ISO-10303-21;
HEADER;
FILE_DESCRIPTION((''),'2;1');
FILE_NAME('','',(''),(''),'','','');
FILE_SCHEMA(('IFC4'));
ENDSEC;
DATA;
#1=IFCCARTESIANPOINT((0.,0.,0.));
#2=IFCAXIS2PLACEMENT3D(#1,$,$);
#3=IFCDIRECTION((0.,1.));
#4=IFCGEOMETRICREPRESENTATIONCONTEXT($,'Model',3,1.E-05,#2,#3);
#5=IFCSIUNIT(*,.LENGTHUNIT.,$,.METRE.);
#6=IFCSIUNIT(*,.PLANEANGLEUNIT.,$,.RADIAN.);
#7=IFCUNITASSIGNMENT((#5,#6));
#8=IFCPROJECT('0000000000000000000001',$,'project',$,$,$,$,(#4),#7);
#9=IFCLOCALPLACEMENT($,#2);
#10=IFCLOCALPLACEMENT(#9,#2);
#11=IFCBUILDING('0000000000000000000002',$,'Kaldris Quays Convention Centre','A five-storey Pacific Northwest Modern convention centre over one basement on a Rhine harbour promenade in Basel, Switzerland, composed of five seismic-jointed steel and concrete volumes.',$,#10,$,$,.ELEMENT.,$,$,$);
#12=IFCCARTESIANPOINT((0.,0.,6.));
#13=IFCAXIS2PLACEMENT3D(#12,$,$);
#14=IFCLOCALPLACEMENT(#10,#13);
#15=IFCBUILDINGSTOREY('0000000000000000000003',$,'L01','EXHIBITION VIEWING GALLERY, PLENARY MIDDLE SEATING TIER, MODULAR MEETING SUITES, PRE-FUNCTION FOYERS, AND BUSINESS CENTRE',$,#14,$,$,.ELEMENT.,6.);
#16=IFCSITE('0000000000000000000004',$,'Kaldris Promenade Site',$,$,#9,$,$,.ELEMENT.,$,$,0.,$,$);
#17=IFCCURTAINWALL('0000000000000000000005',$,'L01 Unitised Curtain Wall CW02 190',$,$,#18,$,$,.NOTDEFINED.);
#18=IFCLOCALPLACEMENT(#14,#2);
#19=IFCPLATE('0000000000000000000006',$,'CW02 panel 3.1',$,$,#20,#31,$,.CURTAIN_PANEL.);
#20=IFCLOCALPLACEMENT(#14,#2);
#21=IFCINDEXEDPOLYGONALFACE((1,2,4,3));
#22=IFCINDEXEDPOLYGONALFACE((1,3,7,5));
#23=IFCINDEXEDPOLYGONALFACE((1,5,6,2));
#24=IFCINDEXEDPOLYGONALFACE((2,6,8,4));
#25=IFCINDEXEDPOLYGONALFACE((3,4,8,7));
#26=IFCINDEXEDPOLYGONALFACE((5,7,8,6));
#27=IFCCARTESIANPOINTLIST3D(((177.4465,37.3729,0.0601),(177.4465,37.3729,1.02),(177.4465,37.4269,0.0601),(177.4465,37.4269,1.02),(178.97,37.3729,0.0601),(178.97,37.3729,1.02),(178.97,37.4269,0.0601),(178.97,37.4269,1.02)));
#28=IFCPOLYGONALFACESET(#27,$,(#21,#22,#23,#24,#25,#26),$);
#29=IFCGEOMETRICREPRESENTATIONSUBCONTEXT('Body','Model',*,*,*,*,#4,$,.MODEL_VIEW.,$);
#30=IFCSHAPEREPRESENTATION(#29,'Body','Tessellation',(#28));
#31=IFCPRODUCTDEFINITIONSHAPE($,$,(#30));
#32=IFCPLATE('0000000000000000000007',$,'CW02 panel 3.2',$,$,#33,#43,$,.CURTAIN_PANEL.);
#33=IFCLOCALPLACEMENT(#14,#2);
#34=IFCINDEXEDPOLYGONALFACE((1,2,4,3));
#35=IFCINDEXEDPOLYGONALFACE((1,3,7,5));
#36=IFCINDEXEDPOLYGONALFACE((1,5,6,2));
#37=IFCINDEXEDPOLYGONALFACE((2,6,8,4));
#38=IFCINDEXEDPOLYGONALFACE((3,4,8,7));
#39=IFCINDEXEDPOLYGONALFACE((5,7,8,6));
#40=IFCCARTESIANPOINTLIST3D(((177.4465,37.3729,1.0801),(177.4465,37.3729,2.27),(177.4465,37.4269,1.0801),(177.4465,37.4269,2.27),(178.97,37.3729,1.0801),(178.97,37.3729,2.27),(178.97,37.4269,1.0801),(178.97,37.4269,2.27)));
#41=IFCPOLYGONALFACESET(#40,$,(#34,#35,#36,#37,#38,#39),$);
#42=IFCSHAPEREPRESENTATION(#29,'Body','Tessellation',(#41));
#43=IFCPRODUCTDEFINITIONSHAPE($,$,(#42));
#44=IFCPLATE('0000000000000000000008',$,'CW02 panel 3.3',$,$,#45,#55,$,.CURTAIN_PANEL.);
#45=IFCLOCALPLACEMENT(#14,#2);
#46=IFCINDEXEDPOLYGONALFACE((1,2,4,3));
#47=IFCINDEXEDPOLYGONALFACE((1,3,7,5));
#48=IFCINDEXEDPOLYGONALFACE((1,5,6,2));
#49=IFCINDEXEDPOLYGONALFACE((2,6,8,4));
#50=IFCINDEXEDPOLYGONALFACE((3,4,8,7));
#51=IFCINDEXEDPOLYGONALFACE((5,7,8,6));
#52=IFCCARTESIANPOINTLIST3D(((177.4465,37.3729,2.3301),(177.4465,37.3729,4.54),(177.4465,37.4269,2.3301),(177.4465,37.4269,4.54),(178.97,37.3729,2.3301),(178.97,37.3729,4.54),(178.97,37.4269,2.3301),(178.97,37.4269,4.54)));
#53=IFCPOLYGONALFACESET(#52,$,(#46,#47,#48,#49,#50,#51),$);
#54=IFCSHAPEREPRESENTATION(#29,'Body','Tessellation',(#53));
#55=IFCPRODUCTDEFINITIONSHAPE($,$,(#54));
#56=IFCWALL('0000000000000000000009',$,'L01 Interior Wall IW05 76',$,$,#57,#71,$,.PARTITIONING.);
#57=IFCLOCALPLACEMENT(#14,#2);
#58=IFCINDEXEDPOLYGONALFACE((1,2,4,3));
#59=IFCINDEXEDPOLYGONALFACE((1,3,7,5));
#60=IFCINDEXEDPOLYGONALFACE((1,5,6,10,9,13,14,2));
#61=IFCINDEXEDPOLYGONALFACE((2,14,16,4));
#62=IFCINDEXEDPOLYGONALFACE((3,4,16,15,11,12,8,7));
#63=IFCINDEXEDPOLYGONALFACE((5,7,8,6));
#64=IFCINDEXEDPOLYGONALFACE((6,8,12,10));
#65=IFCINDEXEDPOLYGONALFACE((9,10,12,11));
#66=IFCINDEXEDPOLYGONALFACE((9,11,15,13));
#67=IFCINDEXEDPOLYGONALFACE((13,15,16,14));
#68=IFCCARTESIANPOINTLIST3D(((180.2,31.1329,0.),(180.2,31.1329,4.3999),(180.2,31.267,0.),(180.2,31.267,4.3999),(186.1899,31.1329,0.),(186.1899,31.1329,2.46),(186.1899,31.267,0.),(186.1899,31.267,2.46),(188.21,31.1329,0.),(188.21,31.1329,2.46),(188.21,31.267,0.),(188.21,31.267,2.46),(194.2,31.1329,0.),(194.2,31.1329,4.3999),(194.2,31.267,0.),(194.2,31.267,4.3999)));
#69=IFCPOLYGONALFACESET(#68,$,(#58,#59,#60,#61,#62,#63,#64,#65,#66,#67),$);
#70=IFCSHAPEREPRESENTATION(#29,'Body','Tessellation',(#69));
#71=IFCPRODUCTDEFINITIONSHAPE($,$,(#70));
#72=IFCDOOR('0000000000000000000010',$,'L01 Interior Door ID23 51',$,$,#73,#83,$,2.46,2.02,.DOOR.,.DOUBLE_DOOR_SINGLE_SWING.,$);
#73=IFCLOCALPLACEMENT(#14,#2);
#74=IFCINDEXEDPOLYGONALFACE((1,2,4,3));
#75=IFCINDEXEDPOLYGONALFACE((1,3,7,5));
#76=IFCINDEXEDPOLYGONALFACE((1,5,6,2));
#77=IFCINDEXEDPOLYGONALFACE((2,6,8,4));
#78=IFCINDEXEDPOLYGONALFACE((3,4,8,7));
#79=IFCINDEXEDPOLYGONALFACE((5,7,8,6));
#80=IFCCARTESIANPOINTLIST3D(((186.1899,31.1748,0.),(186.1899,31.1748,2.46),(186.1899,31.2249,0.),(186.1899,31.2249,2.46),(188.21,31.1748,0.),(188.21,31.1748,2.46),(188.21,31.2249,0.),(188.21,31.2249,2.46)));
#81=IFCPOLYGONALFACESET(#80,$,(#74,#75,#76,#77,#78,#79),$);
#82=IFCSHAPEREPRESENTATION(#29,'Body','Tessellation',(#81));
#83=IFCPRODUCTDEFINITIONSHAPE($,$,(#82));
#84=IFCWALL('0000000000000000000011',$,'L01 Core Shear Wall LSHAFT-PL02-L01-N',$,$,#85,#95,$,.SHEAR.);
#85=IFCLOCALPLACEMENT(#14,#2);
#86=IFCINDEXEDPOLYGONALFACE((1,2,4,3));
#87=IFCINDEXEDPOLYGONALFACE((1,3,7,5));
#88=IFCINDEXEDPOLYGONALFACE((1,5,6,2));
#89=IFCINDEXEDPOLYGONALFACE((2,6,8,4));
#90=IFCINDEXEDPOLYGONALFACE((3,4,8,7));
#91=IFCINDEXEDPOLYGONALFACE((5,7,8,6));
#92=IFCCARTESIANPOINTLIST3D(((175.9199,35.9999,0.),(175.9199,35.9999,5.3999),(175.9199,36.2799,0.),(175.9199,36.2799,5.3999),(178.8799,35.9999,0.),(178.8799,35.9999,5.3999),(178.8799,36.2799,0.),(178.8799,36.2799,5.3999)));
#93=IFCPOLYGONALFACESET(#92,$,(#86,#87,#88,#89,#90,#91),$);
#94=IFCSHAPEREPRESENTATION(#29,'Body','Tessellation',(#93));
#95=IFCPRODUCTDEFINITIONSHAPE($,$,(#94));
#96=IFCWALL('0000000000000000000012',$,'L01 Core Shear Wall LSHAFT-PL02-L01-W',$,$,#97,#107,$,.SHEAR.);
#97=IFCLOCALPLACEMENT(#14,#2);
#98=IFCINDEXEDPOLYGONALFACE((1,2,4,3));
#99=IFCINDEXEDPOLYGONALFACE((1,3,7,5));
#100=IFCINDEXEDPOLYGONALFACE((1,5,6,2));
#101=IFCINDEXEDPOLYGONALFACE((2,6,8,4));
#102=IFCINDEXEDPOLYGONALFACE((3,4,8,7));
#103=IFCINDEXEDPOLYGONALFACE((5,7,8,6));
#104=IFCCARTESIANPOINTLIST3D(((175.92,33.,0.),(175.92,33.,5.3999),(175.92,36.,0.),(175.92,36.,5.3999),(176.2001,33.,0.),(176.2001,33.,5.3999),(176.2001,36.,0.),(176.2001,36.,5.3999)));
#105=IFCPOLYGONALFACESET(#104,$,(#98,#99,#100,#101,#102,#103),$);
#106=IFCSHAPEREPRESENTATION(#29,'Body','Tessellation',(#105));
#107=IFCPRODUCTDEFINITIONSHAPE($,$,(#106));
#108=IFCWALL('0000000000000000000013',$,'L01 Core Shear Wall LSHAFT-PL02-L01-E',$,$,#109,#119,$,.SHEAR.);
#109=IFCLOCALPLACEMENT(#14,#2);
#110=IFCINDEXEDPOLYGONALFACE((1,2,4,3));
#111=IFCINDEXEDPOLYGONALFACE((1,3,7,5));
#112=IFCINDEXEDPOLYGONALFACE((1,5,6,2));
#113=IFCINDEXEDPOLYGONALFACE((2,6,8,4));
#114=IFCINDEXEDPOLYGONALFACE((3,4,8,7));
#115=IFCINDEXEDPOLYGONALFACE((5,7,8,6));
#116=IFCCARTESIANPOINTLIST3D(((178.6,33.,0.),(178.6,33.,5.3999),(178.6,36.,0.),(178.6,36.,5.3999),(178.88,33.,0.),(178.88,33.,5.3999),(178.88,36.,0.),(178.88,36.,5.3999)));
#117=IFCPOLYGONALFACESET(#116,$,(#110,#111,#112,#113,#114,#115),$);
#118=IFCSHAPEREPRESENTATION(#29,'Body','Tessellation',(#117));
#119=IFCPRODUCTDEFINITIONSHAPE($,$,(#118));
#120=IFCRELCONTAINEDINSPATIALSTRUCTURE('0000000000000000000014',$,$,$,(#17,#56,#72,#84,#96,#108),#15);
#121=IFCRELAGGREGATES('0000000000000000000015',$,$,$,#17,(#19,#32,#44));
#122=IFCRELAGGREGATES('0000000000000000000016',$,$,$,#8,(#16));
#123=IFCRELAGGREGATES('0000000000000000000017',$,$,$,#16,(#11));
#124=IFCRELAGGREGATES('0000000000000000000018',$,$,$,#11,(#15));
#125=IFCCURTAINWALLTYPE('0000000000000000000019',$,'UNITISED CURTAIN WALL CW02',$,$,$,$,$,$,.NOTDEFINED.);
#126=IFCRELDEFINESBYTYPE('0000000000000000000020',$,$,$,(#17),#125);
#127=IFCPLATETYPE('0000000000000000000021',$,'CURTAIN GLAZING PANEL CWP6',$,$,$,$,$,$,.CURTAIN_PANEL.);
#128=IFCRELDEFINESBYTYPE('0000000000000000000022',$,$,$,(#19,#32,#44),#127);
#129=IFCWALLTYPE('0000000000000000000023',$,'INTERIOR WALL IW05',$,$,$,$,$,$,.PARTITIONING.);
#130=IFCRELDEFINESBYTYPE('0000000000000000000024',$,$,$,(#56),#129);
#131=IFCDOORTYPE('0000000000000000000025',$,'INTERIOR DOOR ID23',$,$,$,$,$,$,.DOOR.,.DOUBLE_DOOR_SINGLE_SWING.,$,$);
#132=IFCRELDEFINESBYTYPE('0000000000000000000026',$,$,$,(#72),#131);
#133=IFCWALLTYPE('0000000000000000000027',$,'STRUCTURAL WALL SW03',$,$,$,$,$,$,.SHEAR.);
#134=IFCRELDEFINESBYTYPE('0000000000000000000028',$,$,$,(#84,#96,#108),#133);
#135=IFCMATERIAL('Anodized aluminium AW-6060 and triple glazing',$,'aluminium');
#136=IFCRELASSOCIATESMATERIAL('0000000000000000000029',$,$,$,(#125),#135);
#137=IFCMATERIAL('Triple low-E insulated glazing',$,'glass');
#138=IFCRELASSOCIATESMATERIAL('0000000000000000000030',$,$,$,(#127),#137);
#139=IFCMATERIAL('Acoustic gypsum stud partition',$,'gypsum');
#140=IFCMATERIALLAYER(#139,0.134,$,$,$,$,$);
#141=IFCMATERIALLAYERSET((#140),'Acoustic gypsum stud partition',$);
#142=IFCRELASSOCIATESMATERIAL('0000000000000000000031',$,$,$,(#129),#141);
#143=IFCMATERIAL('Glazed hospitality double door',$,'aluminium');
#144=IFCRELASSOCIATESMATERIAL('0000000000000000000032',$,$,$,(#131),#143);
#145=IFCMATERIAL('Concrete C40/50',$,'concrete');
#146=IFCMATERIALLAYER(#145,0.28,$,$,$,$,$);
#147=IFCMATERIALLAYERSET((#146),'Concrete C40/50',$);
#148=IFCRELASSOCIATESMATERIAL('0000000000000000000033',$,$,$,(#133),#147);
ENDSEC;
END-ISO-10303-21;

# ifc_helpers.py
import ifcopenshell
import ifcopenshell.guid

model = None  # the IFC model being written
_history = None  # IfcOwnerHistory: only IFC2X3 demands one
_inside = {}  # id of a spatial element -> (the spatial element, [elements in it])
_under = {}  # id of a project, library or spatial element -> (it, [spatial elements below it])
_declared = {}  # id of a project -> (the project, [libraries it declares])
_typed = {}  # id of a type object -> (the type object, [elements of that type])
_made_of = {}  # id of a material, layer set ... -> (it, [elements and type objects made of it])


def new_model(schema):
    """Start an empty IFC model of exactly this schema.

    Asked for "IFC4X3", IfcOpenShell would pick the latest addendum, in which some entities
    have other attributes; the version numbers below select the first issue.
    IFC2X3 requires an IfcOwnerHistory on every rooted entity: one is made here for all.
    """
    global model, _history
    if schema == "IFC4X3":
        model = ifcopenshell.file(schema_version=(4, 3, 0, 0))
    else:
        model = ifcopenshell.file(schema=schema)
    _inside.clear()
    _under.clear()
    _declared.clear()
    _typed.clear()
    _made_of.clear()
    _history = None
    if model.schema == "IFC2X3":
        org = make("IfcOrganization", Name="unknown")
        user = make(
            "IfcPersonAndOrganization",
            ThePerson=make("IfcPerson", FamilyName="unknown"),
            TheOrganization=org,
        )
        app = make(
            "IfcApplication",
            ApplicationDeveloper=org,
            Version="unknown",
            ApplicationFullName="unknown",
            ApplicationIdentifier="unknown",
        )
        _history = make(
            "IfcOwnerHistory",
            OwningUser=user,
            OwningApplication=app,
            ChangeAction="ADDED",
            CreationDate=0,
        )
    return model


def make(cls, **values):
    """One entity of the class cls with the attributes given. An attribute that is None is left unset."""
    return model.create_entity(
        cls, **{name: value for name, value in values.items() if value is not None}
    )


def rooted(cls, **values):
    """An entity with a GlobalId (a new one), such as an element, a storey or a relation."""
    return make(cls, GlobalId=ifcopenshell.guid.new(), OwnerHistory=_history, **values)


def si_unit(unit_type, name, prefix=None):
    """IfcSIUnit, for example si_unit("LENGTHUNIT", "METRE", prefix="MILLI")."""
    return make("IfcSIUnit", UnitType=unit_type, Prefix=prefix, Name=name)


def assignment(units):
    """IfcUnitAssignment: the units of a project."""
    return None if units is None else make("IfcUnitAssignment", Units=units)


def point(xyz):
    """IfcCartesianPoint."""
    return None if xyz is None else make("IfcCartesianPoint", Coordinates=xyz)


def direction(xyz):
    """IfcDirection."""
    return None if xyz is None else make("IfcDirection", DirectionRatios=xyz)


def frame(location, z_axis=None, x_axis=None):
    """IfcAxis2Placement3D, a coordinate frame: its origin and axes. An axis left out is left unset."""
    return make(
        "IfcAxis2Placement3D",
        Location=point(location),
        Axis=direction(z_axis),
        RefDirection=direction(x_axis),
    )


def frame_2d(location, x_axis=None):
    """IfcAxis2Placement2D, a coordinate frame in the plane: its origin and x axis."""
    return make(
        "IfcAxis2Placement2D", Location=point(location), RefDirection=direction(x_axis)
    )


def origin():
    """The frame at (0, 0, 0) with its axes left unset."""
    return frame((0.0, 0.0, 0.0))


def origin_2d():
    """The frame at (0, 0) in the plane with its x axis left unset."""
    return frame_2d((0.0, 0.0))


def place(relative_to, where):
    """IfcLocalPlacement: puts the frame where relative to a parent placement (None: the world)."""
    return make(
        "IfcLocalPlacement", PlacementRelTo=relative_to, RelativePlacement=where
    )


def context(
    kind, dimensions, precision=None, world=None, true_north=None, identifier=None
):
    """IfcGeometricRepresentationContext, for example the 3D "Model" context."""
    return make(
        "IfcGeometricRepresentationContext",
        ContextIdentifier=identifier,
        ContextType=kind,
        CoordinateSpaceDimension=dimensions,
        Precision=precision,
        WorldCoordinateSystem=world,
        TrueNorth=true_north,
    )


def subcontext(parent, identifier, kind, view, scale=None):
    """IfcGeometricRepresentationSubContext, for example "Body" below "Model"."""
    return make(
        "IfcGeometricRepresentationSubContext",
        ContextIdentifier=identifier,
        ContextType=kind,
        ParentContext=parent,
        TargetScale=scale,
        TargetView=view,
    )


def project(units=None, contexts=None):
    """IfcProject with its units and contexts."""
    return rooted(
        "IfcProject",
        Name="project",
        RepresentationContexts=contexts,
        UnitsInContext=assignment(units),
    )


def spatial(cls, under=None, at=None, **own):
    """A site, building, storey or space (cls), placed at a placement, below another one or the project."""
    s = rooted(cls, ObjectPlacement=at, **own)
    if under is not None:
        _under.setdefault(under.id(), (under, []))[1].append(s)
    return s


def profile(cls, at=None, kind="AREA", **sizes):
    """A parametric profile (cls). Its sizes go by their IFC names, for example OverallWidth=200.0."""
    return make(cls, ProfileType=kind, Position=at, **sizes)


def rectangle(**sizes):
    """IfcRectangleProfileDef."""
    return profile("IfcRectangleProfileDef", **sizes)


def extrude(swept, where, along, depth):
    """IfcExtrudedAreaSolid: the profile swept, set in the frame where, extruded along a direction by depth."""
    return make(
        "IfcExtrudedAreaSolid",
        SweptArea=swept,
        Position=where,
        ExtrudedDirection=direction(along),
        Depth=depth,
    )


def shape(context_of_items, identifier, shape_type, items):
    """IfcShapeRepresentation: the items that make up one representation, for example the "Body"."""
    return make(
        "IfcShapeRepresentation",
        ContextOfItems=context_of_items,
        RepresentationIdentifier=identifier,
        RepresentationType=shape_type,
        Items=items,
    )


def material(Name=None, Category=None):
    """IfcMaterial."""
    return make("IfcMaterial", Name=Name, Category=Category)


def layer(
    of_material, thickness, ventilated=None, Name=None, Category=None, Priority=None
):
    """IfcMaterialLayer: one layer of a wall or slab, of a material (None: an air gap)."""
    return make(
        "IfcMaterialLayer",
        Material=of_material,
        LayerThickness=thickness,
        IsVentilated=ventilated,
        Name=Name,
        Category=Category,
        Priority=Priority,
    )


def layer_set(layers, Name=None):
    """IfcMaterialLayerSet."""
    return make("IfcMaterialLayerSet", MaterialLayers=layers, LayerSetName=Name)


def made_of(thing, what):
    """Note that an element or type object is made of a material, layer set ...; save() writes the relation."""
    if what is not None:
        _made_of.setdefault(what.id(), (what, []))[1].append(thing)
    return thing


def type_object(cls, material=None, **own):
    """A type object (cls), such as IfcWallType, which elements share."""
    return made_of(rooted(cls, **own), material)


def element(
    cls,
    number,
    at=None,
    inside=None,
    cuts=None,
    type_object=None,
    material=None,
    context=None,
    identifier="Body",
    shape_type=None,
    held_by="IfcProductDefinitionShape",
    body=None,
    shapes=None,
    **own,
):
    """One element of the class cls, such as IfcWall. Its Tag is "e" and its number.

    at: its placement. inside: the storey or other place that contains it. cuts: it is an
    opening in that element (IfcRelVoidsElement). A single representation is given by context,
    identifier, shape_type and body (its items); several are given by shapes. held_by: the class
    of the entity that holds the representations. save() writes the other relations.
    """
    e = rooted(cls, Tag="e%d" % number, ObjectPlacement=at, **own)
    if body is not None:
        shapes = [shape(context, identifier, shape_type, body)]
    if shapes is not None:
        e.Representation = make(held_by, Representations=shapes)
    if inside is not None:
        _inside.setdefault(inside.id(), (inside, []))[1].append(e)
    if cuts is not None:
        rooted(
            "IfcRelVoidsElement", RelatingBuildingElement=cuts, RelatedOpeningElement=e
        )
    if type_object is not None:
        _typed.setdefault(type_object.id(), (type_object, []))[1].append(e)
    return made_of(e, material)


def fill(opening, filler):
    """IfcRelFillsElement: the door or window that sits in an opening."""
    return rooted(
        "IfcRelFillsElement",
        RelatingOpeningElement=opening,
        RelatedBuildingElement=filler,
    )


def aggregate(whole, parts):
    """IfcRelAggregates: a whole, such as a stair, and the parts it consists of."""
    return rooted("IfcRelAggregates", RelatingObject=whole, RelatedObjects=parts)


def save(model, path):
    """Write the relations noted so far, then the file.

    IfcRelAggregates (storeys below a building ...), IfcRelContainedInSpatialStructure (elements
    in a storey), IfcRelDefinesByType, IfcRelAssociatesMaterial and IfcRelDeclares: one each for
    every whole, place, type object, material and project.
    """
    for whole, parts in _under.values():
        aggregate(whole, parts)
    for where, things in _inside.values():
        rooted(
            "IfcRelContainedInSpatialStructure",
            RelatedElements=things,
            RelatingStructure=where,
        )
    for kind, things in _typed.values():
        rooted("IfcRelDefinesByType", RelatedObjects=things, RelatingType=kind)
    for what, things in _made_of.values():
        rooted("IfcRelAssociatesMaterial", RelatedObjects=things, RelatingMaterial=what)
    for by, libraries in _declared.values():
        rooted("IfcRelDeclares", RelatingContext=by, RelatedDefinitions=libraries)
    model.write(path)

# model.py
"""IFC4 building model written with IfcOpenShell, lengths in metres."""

from ifc_helpers import new_model, si_unit, direction, frame, frame_2d, origin, origin_2d, place, context, subcontext, project, spatial, rectangle, extrude, material, layer, layer_set, type_object, element, fill, aggregate, save


model = new_model("IFC4")

# Units and contexts
model_context = context("Model", 3, precision=1e-05, world=origin(), true_north=direction((0.0, 1.0)))
body_context = subcontext(model_context, "Body", "Model", "MODEL_VIEW")
ifc_project = project(units=[si_unit("LENGTHUNIT", "METRE"), si_unit("PLANEANGLEUNIT", "RADIAN")], contexts=[model_context])

# Site, building, storey
site_placement = place(None, origin())
site = spatial("IfcSite", under=ifc_project, at=site_placement, Name="Kaldris Promenade Site", CompositionType="ELEMENT", RefElevation=0.0)
building_placement = place(site_placement, origin())
building = spatial("IfcBuilding", under=site, at=building_placement, Name="Kaldris Quays Convention Centre", Description="A five-storey Pacific Northwest Modern convention centre over one basement on a Rhine harbour promenade in Basel, Switzerland, composed of five seismic-jointed steel and concrete volumes.", CompositionType="ELEMENT")
storey_placement = place(building_placement, frame((0.0, 0.0, 6.0)))
storey = spatial("IfcBuildingStorey", under=building, at=storey_placement, Name="L01", Description="EXHIBITION VIEWING GALLERY, PLENARY MIDDLE SEATING TIER, MODULAR MEETING SUITES, PRE-FUNCTION FOYERS, AND BUSINESS CENTRE", CompositionType="ELEMENT", Elevation=6.0)

# Curtain wall
ifc_material_1 = material(Name="Anodized aluminium AW-6060 and triple glazing", Category="aluminium")
curtain_wall_type = type_object("IfcCurtainWallType", Name="UNITISED CURTAIN WALL CW02", PredefinedType="NOTDEFINED", material=ifc_material_1)
curtain_wall_placement = place(storey_placement, origin())
curtain_wall = element("IfcCurtainWall", 1, at=curtain_wall_placement, inside=storey, type_object=curtain_wall_type, Name="L01 Unitised Curtain Wall CW02 190", PredefinedType="NOTDEFINED")

# Plates
ifc_material_2 = material(Name="Triple low-E insulated glazing", Category="glass")
plate_type = type_object("IfcPlateType", Name="CURTAIN GLAZING PANEL CWP6", PredefinedType="CURTAIN_PANEL", material=ifc_material_2)
plate_1_placement = place(storey_placement, frame((178.2083, 37.3999, 0.0601), z_axis=(0.0, 0.0, 1.0), x_axis=(1.0, 0.0, 0.0)))
plate_1 = element("IfcPlate", 2, at=plate_1_placement, type_object=plate_type, Name="CW02 panel 3.1", PredefinedType="CURTAIN_PANEL", context=body_context, shape_type="SweptSolid", body=[
    extrude(rectangle(XDim=1.5234, YDim=0.054, at=origin_2d()), origin(), (0.0, 0.0, 1.0), 0.96),
])
plate_2_placement = place(storey_placement, frame((178.2083, 37.3999, 1.0801), z_axis=(0.0, 0.0, 1.0), x_axis=(1.0, 0.0, 0.0)))
plate_2 = element("IfcPlate", 3, at=plate_2_placement, type_object=plate_type, Name="CW02 panel 3.2", PredefinedType="CURTAIN_PANEL", context=body_context, shape_type="SweptSolid", body=[
    extrude(rectangle(XDim=1.5234, YDim=0.054, at=origin_2d()), origin(), (0.0, 0.0, 1.0), 1.1899),
])
plate_3_placement = place(storey_placement, frame((178.2083, 37.3999, 2.3301), z_axis=(0.0, 0.0, 1.0), x_axis=(1.0, 0.0, 0.0)))
plate_3 = element("IfcPlate", 4, at=plate_3_placement, type_object=plate_type, Name="CW02 panel 3.3", PredefinedType="CURTAIN_PANEL", context=body_context, shape_type="SweptSolid", body=[
    extrude(rectangle(XDim=1.5234, YDim=0.054, at=origin_2d()), origin(), (0.0, 0.0, 1.0), 2.21),
])
aggregate(curtain_wall, [plate_1, plate_2, plate_3])

# Wall, opening, door
ifc_material_3 = material(Name="Acoustic gypsum stud partition", Category="gypsum")
ifc_layer_1 = layer(ifc_material_3, 0.134)
ifc_layer_set_1 = layer_set([ifc_layer_1], Name="Acoustic gypsum stud partition")
wall_type_1 = type_object("IfcWallType", Name="INTERIOR WALL IW05", PredefinedType="PARTITIONING", material=ifc_layer_set_1)
wall_1_placement = place(storey_placement, frame((180.2, 31.2, 0.0), z_axis=(0.0, 0.0, 1.0), x_axis=(1.0, 0.0, 0.0)))
wall_1 = element("IfcWall", 5, at=wall_1_placement, inside=storey, type_object=wall_type_1, Name="L01 Interior Wall IW05 76", PredefinedType="PARTITIONING", context=body_context, shape_type="SweptSolid", body=[
    extrude(rectangle(XDim=14.0, YDim=0.134, at=frame_2d((7.0, 0.0))), origin(), (0.0, 0.0, 1.0), 4.3999),
])
opening_1_placement = place(wall_1_placement, frame((5.99, 0.0, 0.0)))
opening_1 = element("IfcOpeningElement", 6, at=opening_1_placement, cuts=wall_1, PredefinedType="OPENING", context=body_context, shape_type="SweptSolid", body=[
    extrude(rectangle(XDim=2.02, YDim=2.46, at=frame_2d((1.01, 1.23))), frame((0.0, 0.0771, 0.0), z_axis=(0.0, -1.0, 0.0), x_axis=(1.0, 0.0, 0.0)), (0.0, 0.0, 1.0), 0.1541),
])
ifc_material_4 = material(Name="Glazed hospitality double door", Category="aluminium")
door_type_1 = type_object("IfcDoorType", Name="INTERIOR DOOR ID23", OperationType="DOUBLE_DOOR_SINGLE_SWING", PredefinedType="DOOR", material=ifc_material_4)
door_1_placement = place(opening_1_placement, origin())
door_1 = element("IfcDoor", 7, at=door_1_placement, inside=storey, type_object=door_type_1, Name="L01 Interior Door ID23 51", OperationType="DOUBLE_DOOR_SINGLE_SWING", OverallHeight=2.46, OverallWidth=2.02, PredefinedType="DOOR", context=body_context, shape_type="SweptSolid", body=[
    extrude(rectangle(XDim=2.02, YDim=2.46, at=frame_2d((1.01, 1.23))), frame((0.0, 0.0249, 0.0), z_axis=(0.0, -1.0, 0.0), x_axis=(1.0, 0.0, 0.0)), (0.0, 0.0, 1.0), 0.05),
])
fill(opening_1, door_1)
ifc_material_5 = material(Name="Concrete C40/50", Category="concrete")
ifc_layer_2 = layer(ifc_material_5, 0.28)
ifc_layer_set_2 = layer_set([ifc_layer_2], Name="Concrete C40/50")
wall_type_2 = type_object("IfcWallType", Name="STRUCTURAL WALL SW03", PredefinedType="SHEAR", material=ifc_layer_set_2)

# Walls
wall_2_placement = place(storey_placement, frame((175.9199, 36.1399, 0.0), z_axis=(0.0, 0.0, 1.0), x_axis=(1.0, 0.0, 0.0)))
element("IfcWall", 8, at=wall_2_placement, inside=storey, type_object=wall_type_2, Name="L01 Core Shear Wall LSHAFT-PL02-L01-N", PredefinedType="SHEAR", context=body_context, shape_type="SweptSolid", body=[
    extrude(rectangle(XDim=2.96, YDim=0.28, at=frame_2d((1.48, 0.0))), origin(), (0.0, 0.0, 1.0), 5.3999),
])
for number, where, z_axis, x_axis, name in (
    (9, (176.0601, 33.0, 0.0), (0.0, 0.0, 1.0), (0.0, 1.0, 0.0), "L01 Core Shear Wall LSHAFT-PL02-L01-W"),
    (10, (178.74, 33.0, 0.0), (0.0, 0.0, 1.0), (0.0, 1.0, 0.0), "L01 Core Shear Wall LSHAFT-PL02-L01-E"),
):
    element("IfcWall", number, at=place(storey_placement, frame(where, z_axis=z_axis, x_axis=x_axis)), inside=storey, type_object=wall_type_2, Name=name, PredefinedType="SHEAR", context=body_context, shape_type="SweptSolid", body=[
        extrude(rectangle(XDim=3.0, YDim=0.28, at=frame_2d((1.5, 0.0))), origin(), (0.0, 0.0, 1.0), 5.3999),
    ])

save(model, "model.ifc")
